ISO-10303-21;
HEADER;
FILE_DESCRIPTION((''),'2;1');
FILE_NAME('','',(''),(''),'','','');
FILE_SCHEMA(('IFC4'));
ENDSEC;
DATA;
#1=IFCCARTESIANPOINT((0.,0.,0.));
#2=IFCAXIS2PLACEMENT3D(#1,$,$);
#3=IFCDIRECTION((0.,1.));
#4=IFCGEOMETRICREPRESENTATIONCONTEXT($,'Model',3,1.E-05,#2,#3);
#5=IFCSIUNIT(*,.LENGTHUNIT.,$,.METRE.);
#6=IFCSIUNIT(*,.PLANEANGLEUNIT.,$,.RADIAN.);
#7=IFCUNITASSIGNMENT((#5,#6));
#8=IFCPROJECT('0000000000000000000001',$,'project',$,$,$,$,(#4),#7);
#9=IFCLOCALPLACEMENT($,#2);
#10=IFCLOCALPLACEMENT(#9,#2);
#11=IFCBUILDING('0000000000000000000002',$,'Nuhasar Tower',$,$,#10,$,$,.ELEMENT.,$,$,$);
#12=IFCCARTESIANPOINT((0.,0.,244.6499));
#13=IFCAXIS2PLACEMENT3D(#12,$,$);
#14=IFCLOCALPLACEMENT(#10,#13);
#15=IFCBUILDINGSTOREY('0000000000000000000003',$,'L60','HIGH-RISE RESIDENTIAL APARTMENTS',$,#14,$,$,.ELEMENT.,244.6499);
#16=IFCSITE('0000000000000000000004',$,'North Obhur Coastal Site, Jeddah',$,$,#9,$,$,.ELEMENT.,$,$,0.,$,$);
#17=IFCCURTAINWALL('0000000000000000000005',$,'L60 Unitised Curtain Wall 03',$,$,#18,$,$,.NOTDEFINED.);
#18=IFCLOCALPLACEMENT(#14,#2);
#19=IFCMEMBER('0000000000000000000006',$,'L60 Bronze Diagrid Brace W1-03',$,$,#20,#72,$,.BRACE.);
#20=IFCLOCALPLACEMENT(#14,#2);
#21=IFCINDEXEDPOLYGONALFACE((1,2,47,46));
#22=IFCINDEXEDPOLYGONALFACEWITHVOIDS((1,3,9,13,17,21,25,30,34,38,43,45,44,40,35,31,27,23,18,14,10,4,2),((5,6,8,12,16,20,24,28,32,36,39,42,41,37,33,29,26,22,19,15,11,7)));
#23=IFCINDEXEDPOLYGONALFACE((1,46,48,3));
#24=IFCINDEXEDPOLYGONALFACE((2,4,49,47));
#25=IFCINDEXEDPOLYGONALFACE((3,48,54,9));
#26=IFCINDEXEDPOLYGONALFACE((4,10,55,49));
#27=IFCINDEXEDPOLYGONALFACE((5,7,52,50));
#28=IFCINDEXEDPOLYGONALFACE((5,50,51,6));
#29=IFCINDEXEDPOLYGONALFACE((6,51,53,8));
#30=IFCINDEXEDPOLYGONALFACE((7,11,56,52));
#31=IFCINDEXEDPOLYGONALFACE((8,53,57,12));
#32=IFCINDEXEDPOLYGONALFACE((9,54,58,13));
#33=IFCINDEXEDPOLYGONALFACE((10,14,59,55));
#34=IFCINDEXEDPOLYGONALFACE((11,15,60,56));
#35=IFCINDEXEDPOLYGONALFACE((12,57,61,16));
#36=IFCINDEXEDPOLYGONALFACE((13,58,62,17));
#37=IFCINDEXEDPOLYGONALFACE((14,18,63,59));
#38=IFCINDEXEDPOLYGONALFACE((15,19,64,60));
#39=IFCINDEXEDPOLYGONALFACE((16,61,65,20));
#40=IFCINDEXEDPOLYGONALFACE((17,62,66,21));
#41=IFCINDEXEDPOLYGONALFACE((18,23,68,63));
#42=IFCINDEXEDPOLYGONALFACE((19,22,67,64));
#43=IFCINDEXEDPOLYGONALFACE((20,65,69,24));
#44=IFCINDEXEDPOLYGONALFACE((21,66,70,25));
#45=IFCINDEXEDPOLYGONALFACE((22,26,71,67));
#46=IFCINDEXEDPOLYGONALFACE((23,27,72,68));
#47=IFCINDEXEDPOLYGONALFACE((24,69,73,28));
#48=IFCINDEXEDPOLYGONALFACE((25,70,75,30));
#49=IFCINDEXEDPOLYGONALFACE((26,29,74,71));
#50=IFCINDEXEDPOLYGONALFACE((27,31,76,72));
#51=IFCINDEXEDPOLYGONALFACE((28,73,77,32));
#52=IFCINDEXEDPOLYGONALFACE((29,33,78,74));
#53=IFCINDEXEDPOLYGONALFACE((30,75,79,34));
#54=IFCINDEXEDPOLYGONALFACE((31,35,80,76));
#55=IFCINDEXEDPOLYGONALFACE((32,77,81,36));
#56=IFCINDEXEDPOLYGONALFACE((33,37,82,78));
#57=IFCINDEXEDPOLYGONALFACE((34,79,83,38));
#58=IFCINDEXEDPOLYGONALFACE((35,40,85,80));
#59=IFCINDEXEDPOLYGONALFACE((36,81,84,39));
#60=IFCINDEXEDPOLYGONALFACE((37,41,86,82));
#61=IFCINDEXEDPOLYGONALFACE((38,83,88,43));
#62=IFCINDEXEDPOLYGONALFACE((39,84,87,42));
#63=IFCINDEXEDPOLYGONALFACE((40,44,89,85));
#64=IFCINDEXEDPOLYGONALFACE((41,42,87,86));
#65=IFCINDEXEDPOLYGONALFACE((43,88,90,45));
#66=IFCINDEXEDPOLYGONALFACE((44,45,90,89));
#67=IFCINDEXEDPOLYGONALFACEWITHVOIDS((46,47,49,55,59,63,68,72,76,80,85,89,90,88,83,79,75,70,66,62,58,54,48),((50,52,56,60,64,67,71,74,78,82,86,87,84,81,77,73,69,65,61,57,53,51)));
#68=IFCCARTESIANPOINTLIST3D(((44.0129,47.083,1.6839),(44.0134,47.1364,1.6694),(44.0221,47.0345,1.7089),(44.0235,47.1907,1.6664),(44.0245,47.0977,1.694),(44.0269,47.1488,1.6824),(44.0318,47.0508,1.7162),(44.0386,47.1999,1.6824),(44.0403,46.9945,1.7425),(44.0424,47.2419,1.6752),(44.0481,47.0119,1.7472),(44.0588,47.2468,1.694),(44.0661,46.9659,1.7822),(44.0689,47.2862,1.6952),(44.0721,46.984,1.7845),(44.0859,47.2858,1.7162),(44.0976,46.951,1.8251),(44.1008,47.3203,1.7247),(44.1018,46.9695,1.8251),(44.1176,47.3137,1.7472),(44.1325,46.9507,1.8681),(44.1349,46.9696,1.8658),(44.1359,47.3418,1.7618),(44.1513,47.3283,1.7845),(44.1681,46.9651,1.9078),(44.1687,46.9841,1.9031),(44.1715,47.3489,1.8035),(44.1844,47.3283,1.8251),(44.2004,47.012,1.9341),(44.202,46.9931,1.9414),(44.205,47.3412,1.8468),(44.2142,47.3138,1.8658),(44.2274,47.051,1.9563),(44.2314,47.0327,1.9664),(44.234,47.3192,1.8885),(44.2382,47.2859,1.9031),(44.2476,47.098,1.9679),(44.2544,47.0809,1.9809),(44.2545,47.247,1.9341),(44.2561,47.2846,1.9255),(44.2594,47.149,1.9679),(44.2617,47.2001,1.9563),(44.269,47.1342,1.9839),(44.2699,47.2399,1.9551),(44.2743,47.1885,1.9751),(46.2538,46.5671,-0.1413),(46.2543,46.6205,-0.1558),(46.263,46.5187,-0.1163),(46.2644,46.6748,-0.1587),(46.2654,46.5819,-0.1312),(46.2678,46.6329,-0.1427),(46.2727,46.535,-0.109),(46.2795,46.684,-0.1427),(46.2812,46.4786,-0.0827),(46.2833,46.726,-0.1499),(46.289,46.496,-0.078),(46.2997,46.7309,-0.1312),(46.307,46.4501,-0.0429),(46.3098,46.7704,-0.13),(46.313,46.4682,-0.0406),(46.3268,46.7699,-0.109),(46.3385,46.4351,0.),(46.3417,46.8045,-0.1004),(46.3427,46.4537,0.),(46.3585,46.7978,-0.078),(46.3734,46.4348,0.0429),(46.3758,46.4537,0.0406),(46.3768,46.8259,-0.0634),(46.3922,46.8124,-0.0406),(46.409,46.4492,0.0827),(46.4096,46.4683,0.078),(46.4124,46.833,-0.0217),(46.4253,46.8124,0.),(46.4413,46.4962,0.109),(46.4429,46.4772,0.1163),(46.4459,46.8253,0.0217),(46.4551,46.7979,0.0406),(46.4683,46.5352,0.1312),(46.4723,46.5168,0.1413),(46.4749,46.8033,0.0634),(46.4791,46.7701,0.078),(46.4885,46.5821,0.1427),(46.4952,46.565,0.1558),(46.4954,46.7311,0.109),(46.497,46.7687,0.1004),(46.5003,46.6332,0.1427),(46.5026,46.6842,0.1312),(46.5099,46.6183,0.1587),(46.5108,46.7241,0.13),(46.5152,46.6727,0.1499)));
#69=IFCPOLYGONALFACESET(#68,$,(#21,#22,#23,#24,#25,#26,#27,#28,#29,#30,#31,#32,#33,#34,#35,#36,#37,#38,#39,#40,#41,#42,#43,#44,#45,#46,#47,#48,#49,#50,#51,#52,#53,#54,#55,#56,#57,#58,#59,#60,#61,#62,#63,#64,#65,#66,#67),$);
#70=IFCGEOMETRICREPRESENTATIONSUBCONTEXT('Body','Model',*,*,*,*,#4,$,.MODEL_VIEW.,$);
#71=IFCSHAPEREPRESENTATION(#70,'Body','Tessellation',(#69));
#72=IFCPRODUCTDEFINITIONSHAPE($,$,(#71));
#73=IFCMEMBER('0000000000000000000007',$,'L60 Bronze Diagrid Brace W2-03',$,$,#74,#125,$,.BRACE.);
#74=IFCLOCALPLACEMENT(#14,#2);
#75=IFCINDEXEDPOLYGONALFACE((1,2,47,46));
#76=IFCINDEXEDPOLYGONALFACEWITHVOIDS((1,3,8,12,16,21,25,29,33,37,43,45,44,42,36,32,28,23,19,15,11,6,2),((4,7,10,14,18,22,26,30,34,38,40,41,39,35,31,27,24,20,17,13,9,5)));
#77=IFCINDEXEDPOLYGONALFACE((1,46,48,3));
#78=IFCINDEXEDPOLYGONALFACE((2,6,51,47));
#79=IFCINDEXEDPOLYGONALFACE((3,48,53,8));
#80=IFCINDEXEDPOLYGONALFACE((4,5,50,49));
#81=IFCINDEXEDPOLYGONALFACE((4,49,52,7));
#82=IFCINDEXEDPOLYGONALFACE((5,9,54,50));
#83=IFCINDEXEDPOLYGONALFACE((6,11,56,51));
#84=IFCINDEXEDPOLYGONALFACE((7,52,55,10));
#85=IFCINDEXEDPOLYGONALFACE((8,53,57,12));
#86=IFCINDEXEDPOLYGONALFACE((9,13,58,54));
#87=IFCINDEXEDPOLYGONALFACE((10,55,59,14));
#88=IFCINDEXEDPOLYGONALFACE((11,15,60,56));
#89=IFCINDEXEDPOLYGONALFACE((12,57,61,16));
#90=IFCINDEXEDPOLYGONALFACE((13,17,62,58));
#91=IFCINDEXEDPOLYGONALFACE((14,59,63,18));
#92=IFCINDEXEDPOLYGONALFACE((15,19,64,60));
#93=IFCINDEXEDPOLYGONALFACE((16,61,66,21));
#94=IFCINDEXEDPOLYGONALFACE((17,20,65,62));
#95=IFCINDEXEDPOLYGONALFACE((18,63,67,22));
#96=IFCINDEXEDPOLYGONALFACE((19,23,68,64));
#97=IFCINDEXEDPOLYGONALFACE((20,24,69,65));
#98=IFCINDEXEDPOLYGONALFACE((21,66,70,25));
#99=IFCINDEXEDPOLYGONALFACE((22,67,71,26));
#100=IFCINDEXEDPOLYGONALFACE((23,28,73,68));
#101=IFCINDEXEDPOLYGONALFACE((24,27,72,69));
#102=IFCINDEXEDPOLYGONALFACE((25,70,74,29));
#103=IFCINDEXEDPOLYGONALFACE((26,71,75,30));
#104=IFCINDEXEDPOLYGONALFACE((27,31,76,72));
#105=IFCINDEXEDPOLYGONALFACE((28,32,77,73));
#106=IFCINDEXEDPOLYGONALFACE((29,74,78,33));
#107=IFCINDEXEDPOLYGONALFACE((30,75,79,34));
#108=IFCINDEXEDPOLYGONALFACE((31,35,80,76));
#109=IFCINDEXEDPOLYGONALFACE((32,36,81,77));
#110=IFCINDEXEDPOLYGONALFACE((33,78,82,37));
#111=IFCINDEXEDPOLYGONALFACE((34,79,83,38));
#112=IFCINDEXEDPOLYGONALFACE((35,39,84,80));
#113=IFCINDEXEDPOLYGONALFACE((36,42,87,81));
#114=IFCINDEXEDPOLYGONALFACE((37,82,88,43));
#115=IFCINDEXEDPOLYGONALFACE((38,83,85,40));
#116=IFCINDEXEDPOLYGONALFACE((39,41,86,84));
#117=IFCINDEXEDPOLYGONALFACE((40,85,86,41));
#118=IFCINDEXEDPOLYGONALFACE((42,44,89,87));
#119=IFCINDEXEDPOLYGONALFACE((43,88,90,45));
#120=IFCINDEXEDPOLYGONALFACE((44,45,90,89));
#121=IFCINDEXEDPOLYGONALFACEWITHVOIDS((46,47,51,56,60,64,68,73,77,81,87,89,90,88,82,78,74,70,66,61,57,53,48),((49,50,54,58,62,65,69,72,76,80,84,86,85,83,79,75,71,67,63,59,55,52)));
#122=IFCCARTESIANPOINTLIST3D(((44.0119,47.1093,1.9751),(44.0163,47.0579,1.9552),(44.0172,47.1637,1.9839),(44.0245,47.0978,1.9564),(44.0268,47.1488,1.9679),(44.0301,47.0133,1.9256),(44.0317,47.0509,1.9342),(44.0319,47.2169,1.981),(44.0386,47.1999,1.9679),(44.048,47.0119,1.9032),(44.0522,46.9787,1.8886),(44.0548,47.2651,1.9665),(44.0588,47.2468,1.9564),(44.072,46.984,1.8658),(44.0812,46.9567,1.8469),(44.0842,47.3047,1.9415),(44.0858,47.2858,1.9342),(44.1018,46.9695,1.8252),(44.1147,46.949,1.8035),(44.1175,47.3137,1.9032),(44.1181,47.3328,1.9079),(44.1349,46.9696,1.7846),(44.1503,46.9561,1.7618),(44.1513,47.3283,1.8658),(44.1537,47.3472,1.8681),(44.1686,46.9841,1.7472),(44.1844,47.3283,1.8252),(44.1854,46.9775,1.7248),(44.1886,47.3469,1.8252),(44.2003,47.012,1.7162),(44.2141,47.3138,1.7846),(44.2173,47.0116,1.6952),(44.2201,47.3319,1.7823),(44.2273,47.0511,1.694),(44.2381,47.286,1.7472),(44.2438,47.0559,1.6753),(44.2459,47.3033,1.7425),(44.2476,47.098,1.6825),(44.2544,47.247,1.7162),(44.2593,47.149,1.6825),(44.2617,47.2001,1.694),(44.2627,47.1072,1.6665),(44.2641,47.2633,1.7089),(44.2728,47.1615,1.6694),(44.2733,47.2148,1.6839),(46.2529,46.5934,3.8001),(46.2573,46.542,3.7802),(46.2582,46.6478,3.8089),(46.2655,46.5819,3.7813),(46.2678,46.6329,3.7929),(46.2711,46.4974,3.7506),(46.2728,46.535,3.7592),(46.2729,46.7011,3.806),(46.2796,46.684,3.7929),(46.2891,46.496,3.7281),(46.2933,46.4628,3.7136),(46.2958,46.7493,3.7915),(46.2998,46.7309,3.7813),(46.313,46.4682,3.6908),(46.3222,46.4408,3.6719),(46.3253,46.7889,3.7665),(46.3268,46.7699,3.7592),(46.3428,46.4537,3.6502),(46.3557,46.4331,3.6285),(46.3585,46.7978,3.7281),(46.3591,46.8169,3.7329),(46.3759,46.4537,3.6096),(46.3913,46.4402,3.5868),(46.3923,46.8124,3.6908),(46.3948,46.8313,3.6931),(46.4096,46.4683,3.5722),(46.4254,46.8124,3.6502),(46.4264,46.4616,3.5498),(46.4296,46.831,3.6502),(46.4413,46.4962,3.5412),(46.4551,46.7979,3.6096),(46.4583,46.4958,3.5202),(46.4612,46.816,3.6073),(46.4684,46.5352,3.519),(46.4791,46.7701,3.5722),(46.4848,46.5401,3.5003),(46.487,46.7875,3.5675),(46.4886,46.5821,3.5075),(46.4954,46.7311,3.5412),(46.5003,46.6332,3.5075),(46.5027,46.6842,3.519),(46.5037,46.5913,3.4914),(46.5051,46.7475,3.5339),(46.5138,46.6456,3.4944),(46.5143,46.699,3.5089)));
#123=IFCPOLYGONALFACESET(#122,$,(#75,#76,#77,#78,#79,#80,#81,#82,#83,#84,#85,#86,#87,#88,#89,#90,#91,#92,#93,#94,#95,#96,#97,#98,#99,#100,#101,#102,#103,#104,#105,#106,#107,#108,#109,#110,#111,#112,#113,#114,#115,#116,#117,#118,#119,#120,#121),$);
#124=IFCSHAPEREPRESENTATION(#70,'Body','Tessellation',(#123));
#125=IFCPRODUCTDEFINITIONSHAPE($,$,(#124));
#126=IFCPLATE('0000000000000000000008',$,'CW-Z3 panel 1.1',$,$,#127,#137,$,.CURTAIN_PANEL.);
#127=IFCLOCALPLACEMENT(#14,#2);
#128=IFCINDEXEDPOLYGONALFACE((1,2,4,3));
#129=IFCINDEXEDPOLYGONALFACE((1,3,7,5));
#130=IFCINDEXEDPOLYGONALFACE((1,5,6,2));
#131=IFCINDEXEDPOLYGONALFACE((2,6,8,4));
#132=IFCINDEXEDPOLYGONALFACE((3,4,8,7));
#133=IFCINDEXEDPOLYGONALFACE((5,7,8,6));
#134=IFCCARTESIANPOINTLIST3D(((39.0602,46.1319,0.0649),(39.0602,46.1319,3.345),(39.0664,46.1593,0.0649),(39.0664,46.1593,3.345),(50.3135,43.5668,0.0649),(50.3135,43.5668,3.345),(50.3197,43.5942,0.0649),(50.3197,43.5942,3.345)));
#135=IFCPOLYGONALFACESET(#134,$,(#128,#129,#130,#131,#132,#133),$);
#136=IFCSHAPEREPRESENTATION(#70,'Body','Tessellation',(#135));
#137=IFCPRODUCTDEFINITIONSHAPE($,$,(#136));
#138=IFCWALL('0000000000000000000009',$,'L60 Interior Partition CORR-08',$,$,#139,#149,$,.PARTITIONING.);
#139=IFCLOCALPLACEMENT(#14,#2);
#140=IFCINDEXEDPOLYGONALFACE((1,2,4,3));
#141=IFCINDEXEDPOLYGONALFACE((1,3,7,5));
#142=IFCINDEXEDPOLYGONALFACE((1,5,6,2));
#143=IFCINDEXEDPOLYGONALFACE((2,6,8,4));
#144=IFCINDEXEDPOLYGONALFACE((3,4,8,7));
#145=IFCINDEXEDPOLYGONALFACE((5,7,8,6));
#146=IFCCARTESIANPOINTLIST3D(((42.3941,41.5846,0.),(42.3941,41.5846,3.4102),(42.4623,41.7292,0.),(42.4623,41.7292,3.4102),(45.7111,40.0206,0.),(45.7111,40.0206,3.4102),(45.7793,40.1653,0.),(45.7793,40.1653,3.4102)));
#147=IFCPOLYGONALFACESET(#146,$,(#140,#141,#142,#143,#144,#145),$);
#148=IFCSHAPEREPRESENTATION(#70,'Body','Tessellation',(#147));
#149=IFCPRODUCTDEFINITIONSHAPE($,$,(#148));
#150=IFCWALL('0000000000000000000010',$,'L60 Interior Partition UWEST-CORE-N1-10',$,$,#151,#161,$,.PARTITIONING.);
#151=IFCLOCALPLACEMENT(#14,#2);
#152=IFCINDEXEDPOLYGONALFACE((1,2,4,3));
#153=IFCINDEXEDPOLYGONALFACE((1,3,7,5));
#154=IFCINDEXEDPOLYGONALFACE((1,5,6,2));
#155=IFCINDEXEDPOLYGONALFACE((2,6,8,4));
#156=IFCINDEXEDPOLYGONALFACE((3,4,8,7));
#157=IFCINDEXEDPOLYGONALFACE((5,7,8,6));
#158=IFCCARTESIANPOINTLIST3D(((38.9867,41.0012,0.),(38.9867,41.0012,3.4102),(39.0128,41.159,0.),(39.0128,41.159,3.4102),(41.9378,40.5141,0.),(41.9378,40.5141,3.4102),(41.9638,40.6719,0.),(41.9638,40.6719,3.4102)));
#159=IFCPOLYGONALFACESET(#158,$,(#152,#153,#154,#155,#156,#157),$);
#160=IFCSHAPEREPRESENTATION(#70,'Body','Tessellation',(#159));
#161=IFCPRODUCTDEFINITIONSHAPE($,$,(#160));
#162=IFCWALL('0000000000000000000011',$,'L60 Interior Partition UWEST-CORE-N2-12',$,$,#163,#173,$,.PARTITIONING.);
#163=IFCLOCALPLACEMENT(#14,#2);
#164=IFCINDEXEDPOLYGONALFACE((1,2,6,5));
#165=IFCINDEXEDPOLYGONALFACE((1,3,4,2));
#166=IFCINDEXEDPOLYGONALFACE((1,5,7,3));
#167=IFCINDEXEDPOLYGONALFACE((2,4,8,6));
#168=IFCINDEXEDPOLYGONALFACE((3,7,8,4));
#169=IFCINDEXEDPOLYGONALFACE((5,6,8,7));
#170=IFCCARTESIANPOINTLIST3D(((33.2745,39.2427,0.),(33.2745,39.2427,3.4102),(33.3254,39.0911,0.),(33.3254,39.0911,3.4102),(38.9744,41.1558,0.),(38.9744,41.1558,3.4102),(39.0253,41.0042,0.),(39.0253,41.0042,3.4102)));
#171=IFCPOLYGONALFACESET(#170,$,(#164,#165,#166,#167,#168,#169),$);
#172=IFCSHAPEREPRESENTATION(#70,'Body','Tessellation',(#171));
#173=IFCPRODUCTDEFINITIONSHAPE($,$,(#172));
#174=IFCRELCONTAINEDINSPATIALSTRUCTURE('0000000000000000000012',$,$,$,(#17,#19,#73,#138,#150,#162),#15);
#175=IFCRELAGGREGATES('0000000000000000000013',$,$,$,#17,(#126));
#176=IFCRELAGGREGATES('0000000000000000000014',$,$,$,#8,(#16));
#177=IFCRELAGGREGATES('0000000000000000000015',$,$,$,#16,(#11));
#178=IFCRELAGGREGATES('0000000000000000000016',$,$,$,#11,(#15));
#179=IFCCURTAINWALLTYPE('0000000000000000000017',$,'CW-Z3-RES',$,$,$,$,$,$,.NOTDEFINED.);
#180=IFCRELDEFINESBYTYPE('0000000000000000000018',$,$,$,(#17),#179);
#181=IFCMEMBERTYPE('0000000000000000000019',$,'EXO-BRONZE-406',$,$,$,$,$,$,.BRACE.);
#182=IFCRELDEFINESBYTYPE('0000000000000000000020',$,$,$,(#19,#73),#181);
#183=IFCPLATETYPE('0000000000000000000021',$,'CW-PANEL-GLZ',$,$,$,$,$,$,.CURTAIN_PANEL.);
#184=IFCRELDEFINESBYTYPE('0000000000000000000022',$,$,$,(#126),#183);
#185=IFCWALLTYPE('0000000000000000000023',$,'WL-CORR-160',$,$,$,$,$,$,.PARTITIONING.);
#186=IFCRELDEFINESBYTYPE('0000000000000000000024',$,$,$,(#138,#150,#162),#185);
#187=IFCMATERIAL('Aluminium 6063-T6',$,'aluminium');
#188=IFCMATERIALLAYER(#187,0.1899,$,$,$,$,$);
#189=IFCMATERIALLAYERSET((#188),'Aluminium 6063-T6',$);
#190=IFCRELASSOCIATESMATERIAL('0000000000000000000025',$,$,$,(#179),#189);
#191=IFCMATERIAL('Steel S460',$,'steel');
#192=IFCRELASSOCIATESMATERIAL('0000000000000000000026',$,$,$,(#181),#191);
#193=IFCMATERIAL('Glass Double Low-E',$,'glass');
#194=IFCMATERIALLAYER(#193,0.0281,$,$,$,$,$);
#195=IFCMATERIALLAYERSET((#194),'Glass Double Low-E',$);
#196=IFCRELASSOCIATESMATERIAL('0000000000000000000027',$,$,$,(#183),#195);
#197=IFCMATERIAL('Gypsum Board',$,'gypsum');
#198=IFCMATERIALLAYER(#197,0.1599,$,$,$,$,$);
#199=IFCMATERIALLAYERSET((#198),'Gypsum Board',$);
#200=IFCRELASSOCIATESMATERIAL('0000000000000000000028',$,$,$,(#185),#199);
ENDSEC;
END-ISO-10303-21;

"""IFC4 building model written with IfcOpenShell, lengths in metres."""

from ifc_helpers import new_model, si_unit, direction, frame, frame_2d, origin, origin_2d, place, context, subcontext, project, spatial, rectangle, hollow_circle, extrude, material, layer, layer_set, material_profile, profile_set, type_object, element, aggregate, save


model = new_model("IFC4")

# Units and contexts
model_context = context("Model", 3, precision=1e-05, world=origin(), true_north=direction((0.0, 1.0)))
body_context = subcontext(model_context, "Body", "Model", "MODEL_VIEW")
ifc_project = project(units=[si_unit("LENGTHUNIT", "METRE"), si_unit("PLANEANGLEUNIT", "RADIAN")], contexts=[model_context])

# Site, building, storey
site_placement = place(None, origin())
site = spatial("IfcSite", under=ifc_project, at=site_placement, Name="North Obhur Coastal Site, Jeddah", CompositionType="ELEMENT", RefElevation=0.0)
building_placement = place(site_placement, origin())
building = spatial("IfcBuilding", under=site, at=building_placement, Name="Nuhasar Tower", CompositionType="ELEMENT")
storey_placement = place(building_placement, frame((0.0, 0.0, 244.6499)))
storey = spatial("IfcBuildingStorey", under=building, at=storey_placement, Name="L60", Description="HIGH-RISE RESIDENTIAL APARTMENTS", CompositionType="ELEMENT", Elevation=244.6499)

# Curtain wall
ifc_material_1 = material(Name="Aluminium 6063-T6", Category="aluminium")
ifc_layer_1 = layer(ifc_material_1, 0.1899)
ifc_layer_set_1 = layer_set([ifc_layer_1], Name="Aluminium 6063-T6")
curtain_wall_type = type_object("IfcCurtainWallType", Name="CW-Z3-RES", PredefinedType="NOTDEFINED", material=ifc_layer_set_1)
curtain_wall_1_placement = place(storey_placement, origin())
curtain_wall_1 = element("IfcCurtainWall", 1, at=curtain_wall_1_placement, inside=storey, type_object=curtain_wall_type, Name="L60 Unitised Curtain Wall 03", PredefinedType="NOTDEFINED")

# Members
ifc_material_2 = material(Name="Steel S460", Category="steel")
ifc_material_profile_1 = material_profile(ifc_material_2, hollow_circle(Radius=0.2031, WallThickness=0.019, at=origin_2d()), Name="HSS406.4X19.1")
ifc_profile_set_1 = profile_set([ifc_material_profile_1], Name="Steel S460")
member_type_1 = type_object("IfcMemberType", Name="EXO-BRONZE-406", PredefinedType="BRACE", material=ifc_profile_set_1)
for number, where, z_axis, x_axis, name in (
    (2, (46.384, 46.6331, 0.0), (-0.763303, 0.175712, 0.621686), (-0.224332, -0.974513, 0.0), "L60 Bronze Diagrid Brace W1-03"),
    (3, (44.1431, 47.1489, 1.8252), (0.763343, -0.175721, 0.621635), (0.224332, 0.974513, 0.0), "L60 Bronze Diagrid Brace W2-03"),
):
    element("IfcMember", number, at=place(storey_placement, frame(where, z_axis=z_axis, x_axis=x_axis)), inside=storey, type_object=member_type_1, Name=name, PredefinedType="BRACE", context=body_context, shape_type="SweptSolid", body=[
        extrude(hollow_circle(Radius=0.2031, WallThickness=0.019, at=origin_2d()), origin(), (0.0, 0.0, 1.0), 2.9358),
    ])

# Plate
ifc_material_3 = material(Name="Glass Double Low-E", Category="glass")
ifc_layer_2 = layer(ifc_material_3, 0.0281)
ifc_layer_set_2 = layer_set([ifc_layer_2], Name="Glass Double Low-E")
plate_type = type_object("IfcPlateType", Name="CW-PANEL-GLZ", PredefinedType="CURTAIN_PANEL", material=ifc_layer_set_2)
plate_placement = place(storey_placement, frame((44.6899, 44.863, 0.0649), z_axis=(0.0, 0.0, 1.0), x_axis=(-0.974991, 0.222243, 0.0)))
plate = element("IfcPlate", 4, at=plate_placement, type_object=plate_type, Name="CW-Z3 panel 1.1", PredefinedType="CURTAIN_PANEL", context=body_context, shape_type="SweptSolid", body=[
    extrude(rectangle(XDim=11.542, YDim=0.0281, at=origin_2d()), origin(), (0.0, 0.0, 1.0), 3.28),
])
aggregate(curtain_wall_1, [plate])

# Shared definitions
ifc_material_4 = material(Name="Gypsum Board", Category="gypsum")
ifc_layer_3 = layer(ifc_material_4, 0.1599)
ifc_layer_set_3 = layer_set([ifc_layer_3], Name="Gypsum Board")
wall_type_1 = type_object("IfcWallType", Name="WL-CORR-160", PredefinedType="PARTITIONING", material=ifc_layer_set_3)

# Walls
wall_1_placement = place(storey_placement, frame((45.7451, 40.093, 0.0), z_axis=(0.0, 0.0, 1.0), x_axis=(-0.904508, 0.426457, 0.0)))
element("IfcWall", 5, at=wall_1_placement, inside=storey, type_object=wall_type_1, Name="L60 Interior Partition CORR-08", PredefinedType="PARTITIONING", context=body_context, shape_type="SweptSolid", body=[
    extrude(rectangle(XDim=3.6672, YDim=0.1599, at=frame_2d((1.8335, 0.0))), origin(), (0.0, 0.0, 1.0), 3.4102),
])
wall_2_placement = place(storey_placement, frame((41.9509, 40.593, 0.0), z_axis=(0.0, 0.0, 1.0), x_axis=(-0.986651, 0.16285, 0.0)))
element("IfcWall", 6, at=wall_2_placement, inside=storey, type_object=wall_type_1, Name="L60 Interior Partition UWEST-CORE-N1-10", PredefinedType="PARTITIONING", context=body_context, shape_type="SweptSolid", body=[
    extrude(rectangle(XDim=2.991, YDim=0.1599, at=frame_2d((1.4956, 0.0))), origin(), (0.0, 0.0, 1.0), 3.4102),
])
wall_3_placement = place(storey_placement, frame((39.0, 41.0801, 0.0), z_axis=(0.0, 0.0, 1.0), x_axis=(-0.948028, -0.318188, 0.0)))
element("IfcWall", 7, at=wall_3_placement, inside=storey, type_object=wall_type_1, Name="L60 Interior Partition UWEST-CORE-N2-12", PredefinedType="PARTITIONING", context=body_context, shape_type="SweptSolid", body=[
    extrude(rectangle(XDim=6.0125, YDim=0.1599, at=frame_2d((3.0063, 0.0))), origin(), (0.0, 0.0, 1.0), 3.4102),
])

save(model, "model.ifc")
